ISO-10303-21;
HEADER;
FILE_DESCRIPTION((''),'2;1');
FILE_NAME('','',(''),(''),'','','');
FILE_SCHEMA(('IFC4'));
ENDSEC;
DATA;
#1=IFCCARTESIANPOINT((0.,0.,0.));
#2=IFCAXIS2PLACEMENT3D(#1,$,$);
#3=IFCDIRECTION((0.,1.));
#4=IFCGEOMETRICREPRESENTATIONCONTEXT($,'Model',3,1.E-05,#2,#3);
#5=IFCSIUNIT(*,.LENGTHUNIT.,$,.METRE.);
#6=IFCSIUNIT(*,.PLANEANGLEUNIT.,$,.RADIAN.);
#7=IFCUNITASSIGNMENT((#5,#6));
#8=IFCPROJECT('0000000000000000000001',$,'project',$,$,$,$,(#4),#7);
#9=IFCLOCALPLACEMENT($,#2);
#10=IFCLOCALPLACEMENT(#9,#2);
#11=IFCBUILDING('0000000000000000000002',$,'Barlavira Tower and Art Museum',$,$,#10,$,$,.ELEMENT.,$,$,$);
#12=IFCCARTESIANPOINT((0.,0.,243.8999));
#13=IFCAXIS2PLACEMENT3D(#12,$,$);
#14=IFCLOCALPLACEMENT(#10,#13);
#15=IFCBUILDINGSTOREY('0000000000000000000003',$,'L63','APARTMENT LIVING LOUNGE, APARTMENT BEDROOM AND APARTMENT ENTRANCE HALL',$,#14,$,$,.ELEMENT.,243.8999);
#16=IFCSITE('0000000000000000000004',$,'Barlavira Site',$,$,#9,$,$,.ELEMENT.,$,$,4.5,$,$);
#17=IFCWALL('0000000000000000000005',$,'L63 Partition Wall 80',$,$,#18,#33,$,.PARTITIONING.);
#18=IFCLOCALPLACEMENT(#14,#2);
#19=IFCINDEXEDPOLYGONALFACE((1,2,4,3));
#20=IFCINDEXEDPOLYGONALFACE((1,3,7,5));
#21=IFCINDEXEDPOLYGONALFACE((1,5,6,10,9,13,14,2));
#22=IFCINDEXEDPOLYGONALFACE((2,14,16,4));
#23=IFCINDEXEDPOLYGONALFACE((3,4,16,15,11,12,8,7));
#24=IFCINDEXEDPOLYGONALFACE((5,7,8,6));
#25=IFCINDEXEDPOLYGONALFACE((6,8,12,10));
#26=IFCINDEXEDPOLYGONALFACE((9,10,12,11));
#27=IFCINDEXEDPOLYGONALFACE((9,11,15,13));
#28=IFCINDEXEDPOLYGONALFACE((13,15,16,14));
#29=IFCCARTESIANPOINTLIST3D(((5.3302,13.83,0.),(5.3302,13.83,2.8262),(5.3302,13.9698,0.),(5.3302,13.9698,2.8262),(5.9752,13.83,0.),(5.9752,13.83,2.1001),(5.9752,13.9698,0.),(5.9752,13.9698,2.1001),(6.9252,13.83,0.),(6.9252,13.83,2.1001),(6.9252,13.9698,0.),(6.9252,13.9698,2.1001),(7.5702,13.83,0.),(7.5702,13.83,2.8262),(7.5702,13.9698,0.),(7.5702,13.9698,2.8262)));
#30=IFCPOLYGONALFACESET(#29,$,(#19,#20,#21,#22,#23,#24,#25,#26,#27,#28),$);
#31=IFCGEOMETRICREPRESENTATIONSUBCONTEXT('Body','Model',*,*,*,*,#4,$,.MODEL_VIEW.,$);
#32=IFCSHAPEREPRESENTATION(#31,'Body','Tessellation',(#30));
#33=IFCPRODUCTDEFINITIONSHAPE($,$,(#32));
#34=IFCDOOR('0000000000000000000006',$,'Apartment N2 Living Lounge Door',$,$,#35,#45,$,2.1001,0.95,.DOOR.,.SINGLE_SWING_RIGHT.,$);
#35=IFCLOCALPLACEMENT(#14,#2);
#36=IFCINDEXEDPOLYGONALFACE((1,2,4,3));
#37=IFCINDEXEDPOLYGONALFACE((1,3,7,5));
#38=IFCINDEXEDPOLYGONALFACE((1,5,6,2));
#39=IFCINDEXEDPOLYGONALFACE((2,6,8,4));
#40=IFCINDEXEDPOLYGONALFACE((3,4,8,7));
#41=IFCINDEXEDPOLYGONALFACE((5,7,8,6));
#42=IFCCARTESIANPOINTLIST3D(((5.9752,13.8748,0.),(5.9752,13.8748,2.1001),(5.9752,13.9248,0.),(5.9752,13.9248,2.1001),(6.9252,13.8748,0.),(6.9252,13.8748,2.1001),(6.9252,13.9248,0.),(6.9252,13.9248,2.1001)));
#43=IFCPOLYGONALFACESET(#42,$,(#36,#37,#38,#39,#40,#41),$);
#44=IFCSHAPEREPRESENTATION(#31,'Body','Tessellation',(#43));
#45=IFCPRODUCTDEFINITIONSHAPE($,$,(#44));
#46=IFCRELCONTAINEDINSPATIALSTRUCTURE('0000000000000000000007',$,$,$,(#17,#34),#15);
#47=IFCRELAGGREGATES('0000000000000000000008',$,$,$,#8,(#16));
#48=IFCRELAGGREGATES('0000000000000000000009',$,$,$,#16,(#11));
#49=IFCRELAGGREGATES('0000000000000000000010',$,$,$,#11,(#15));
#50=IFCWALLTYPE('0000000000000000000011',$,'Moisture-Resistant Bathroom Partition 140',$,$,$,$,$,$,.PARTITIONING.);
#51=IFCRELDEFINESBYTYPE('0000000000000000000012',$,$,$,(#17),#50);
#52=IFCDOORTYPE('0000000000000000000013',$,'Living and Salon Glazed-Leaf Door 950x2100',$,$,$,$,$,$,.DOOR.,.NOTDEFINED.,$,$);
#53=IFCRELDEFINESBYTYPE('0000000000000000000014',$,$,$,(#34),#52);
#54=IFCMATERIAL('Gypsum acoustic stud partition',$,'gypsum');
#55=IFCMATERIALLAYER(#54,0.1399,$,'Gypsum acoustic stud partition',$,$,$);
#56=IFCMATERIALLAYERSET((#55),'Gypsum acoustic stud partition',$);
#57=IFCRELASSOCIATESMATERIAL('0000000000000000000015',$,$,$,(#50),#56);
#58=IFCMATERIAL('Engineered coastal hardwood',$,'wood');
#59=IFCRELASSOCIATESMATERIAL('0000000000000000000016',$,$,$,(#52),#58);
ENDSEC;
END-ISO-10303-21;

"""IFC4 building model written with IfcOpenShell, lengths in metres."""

from ifc_helpers import new_model, si_unit, direction, frame, frame_2d, origin, place, context, subcontext, project, spatial, rectangle, extrude, material, layer, layer_set, type_object, element, fill, save


model = new_model("IFC4")

# Units and contexts
model_context = context("Model", 3, precision=1e-05, world=origin(), true_north=direction((0.0, 1.0)))
body_context = subcontext(model_context, "Body", "Model", "MODEL_VIEW")
ifc_project = project(units=[si_unit("LENGTHUNIT", "METRE"), si_unit("PLANEANGLEUNIT", "RADIAN")], contexts=[model_context])

# Site, building, storey
site_placement = place(None, origin())
site = spatial("IfcSite", under=ifc_project, at=site_placement, Name="Barlavira Site", CompositionType="ELEMENT", RefElevation=4.5)
building_placement = place(site_placement, origin())
building = spatial("IfcBuilding", under=site, at=building_placement, Name="Barlavira Tower and Art Museum", CompositionType="ELEMENT")
storey_placement = place(building_placement, frame((0.0, 0.0, 243.8999)))
storey = spatial("IfcBuildingStorey", under=building, at=storey_placement, Name="L63", Description="APARTMENT LIVING LOUNGE, APARTMENT BEDROOM AND APARTMENT ENTRANCE HALL", CompositionType="ELEMENT", Elevation=243.8999)

# Shared definitions
ifc_material_1 = material(Name="Gypsum acoustic stud partition", Category="gypsum")
ifc_material_2 = material(Name="Engineered coastal hardwood", Category="wood")

# Shared definitions
ifc_layer_1 = layer(ifc_material_1, 0.1399, Name="Gypsum acoustic stud partition")
ifc_layer_set_1 = layer_set([ifc_layer_1], Name="Gypsum acoustic stud partition")
wall_type_1 = type_object("IfcWallType", Name="Moisture-Resistant Bathroom Partition 140", PredefinedType="PARTITIONING", material=ifc_layer_set_1)

# Wall, opening, door
wall_1_placement = place(storey_placement, frame((5.3301, 13.8999, 0.0), z_axis=(0.0, 0.0, 1.0), x_axis=(1.0, 0.0, 0.0)))
wall_1 = element("IfcWall", 1, at=wall_1_placement, inside=storey, type_object=wall_type_1, Name="L63 Partition Wall 80", PredefinedType="PARTITIONING", context=body_context, shape_type="SweptSolid", body=[
    extrude(rectangle(XDim=2.24, YDim=0.1399, at=frame_2d((1.1201, 0.0))), origin(), (0.0, 0.0, 1.0), 2.8262),
])
opening_1_placement = place(wall_1_placement, frame((0.645, 0.0, 0.0)))
opening_1 = element("IfcOpeningElement", 2, at=opening_1_placement, cuts=wall_1, PredefinedType="OPENING", context=body_context, shape_type="SweptSolid", body=[
    extrude(rectangle(XDim=0.95, YDim=2.1001, at=frame_2d((0.4751, 1.05))), frame((0.0, 0.0801, 0.0), z_axis=(0.0, -1.0, 0.0), x_axis=(1.0, 0.0, 0.0)), (0.0, 0.0, 1.0), 0.1599),
])
door_type_1 = type_object("IfcDoorType", Name="Living and Salon Glazed-Leaf Door 950x2100", OperationType="NOTDEFINED", PredefinedType="DOOR", material=ifc_material_2)
door_1_placement = place(opening_1_placement, origin())
door_1 = element("IfcDoor", 3, at=door_1_placement, inside=storey, type_object=door_type_1, Name="Apartment N2 Living Lounge Door", OperationType="SINGLE_SWING_RIGHT", OverallHeight=2.1001, OverallWidth=0.95, PredefinedType="DOOR", context=body_context, shape_type="SweptSolid", body=[
    extrude(rectangle(XDim=0.95, YDim=2.1001, at=frame_2d((0.4751, 1.05))), frame((0.0, 0.0249, 0.0), z_axis=(0.0, -1.0, 0.0), x_axis=(1.0, 0.0, 0.0)), (0.0, 0.0, 1.0), 0.05),
])
fill(opening_1, door_1)

save(model, "model.ifc")
